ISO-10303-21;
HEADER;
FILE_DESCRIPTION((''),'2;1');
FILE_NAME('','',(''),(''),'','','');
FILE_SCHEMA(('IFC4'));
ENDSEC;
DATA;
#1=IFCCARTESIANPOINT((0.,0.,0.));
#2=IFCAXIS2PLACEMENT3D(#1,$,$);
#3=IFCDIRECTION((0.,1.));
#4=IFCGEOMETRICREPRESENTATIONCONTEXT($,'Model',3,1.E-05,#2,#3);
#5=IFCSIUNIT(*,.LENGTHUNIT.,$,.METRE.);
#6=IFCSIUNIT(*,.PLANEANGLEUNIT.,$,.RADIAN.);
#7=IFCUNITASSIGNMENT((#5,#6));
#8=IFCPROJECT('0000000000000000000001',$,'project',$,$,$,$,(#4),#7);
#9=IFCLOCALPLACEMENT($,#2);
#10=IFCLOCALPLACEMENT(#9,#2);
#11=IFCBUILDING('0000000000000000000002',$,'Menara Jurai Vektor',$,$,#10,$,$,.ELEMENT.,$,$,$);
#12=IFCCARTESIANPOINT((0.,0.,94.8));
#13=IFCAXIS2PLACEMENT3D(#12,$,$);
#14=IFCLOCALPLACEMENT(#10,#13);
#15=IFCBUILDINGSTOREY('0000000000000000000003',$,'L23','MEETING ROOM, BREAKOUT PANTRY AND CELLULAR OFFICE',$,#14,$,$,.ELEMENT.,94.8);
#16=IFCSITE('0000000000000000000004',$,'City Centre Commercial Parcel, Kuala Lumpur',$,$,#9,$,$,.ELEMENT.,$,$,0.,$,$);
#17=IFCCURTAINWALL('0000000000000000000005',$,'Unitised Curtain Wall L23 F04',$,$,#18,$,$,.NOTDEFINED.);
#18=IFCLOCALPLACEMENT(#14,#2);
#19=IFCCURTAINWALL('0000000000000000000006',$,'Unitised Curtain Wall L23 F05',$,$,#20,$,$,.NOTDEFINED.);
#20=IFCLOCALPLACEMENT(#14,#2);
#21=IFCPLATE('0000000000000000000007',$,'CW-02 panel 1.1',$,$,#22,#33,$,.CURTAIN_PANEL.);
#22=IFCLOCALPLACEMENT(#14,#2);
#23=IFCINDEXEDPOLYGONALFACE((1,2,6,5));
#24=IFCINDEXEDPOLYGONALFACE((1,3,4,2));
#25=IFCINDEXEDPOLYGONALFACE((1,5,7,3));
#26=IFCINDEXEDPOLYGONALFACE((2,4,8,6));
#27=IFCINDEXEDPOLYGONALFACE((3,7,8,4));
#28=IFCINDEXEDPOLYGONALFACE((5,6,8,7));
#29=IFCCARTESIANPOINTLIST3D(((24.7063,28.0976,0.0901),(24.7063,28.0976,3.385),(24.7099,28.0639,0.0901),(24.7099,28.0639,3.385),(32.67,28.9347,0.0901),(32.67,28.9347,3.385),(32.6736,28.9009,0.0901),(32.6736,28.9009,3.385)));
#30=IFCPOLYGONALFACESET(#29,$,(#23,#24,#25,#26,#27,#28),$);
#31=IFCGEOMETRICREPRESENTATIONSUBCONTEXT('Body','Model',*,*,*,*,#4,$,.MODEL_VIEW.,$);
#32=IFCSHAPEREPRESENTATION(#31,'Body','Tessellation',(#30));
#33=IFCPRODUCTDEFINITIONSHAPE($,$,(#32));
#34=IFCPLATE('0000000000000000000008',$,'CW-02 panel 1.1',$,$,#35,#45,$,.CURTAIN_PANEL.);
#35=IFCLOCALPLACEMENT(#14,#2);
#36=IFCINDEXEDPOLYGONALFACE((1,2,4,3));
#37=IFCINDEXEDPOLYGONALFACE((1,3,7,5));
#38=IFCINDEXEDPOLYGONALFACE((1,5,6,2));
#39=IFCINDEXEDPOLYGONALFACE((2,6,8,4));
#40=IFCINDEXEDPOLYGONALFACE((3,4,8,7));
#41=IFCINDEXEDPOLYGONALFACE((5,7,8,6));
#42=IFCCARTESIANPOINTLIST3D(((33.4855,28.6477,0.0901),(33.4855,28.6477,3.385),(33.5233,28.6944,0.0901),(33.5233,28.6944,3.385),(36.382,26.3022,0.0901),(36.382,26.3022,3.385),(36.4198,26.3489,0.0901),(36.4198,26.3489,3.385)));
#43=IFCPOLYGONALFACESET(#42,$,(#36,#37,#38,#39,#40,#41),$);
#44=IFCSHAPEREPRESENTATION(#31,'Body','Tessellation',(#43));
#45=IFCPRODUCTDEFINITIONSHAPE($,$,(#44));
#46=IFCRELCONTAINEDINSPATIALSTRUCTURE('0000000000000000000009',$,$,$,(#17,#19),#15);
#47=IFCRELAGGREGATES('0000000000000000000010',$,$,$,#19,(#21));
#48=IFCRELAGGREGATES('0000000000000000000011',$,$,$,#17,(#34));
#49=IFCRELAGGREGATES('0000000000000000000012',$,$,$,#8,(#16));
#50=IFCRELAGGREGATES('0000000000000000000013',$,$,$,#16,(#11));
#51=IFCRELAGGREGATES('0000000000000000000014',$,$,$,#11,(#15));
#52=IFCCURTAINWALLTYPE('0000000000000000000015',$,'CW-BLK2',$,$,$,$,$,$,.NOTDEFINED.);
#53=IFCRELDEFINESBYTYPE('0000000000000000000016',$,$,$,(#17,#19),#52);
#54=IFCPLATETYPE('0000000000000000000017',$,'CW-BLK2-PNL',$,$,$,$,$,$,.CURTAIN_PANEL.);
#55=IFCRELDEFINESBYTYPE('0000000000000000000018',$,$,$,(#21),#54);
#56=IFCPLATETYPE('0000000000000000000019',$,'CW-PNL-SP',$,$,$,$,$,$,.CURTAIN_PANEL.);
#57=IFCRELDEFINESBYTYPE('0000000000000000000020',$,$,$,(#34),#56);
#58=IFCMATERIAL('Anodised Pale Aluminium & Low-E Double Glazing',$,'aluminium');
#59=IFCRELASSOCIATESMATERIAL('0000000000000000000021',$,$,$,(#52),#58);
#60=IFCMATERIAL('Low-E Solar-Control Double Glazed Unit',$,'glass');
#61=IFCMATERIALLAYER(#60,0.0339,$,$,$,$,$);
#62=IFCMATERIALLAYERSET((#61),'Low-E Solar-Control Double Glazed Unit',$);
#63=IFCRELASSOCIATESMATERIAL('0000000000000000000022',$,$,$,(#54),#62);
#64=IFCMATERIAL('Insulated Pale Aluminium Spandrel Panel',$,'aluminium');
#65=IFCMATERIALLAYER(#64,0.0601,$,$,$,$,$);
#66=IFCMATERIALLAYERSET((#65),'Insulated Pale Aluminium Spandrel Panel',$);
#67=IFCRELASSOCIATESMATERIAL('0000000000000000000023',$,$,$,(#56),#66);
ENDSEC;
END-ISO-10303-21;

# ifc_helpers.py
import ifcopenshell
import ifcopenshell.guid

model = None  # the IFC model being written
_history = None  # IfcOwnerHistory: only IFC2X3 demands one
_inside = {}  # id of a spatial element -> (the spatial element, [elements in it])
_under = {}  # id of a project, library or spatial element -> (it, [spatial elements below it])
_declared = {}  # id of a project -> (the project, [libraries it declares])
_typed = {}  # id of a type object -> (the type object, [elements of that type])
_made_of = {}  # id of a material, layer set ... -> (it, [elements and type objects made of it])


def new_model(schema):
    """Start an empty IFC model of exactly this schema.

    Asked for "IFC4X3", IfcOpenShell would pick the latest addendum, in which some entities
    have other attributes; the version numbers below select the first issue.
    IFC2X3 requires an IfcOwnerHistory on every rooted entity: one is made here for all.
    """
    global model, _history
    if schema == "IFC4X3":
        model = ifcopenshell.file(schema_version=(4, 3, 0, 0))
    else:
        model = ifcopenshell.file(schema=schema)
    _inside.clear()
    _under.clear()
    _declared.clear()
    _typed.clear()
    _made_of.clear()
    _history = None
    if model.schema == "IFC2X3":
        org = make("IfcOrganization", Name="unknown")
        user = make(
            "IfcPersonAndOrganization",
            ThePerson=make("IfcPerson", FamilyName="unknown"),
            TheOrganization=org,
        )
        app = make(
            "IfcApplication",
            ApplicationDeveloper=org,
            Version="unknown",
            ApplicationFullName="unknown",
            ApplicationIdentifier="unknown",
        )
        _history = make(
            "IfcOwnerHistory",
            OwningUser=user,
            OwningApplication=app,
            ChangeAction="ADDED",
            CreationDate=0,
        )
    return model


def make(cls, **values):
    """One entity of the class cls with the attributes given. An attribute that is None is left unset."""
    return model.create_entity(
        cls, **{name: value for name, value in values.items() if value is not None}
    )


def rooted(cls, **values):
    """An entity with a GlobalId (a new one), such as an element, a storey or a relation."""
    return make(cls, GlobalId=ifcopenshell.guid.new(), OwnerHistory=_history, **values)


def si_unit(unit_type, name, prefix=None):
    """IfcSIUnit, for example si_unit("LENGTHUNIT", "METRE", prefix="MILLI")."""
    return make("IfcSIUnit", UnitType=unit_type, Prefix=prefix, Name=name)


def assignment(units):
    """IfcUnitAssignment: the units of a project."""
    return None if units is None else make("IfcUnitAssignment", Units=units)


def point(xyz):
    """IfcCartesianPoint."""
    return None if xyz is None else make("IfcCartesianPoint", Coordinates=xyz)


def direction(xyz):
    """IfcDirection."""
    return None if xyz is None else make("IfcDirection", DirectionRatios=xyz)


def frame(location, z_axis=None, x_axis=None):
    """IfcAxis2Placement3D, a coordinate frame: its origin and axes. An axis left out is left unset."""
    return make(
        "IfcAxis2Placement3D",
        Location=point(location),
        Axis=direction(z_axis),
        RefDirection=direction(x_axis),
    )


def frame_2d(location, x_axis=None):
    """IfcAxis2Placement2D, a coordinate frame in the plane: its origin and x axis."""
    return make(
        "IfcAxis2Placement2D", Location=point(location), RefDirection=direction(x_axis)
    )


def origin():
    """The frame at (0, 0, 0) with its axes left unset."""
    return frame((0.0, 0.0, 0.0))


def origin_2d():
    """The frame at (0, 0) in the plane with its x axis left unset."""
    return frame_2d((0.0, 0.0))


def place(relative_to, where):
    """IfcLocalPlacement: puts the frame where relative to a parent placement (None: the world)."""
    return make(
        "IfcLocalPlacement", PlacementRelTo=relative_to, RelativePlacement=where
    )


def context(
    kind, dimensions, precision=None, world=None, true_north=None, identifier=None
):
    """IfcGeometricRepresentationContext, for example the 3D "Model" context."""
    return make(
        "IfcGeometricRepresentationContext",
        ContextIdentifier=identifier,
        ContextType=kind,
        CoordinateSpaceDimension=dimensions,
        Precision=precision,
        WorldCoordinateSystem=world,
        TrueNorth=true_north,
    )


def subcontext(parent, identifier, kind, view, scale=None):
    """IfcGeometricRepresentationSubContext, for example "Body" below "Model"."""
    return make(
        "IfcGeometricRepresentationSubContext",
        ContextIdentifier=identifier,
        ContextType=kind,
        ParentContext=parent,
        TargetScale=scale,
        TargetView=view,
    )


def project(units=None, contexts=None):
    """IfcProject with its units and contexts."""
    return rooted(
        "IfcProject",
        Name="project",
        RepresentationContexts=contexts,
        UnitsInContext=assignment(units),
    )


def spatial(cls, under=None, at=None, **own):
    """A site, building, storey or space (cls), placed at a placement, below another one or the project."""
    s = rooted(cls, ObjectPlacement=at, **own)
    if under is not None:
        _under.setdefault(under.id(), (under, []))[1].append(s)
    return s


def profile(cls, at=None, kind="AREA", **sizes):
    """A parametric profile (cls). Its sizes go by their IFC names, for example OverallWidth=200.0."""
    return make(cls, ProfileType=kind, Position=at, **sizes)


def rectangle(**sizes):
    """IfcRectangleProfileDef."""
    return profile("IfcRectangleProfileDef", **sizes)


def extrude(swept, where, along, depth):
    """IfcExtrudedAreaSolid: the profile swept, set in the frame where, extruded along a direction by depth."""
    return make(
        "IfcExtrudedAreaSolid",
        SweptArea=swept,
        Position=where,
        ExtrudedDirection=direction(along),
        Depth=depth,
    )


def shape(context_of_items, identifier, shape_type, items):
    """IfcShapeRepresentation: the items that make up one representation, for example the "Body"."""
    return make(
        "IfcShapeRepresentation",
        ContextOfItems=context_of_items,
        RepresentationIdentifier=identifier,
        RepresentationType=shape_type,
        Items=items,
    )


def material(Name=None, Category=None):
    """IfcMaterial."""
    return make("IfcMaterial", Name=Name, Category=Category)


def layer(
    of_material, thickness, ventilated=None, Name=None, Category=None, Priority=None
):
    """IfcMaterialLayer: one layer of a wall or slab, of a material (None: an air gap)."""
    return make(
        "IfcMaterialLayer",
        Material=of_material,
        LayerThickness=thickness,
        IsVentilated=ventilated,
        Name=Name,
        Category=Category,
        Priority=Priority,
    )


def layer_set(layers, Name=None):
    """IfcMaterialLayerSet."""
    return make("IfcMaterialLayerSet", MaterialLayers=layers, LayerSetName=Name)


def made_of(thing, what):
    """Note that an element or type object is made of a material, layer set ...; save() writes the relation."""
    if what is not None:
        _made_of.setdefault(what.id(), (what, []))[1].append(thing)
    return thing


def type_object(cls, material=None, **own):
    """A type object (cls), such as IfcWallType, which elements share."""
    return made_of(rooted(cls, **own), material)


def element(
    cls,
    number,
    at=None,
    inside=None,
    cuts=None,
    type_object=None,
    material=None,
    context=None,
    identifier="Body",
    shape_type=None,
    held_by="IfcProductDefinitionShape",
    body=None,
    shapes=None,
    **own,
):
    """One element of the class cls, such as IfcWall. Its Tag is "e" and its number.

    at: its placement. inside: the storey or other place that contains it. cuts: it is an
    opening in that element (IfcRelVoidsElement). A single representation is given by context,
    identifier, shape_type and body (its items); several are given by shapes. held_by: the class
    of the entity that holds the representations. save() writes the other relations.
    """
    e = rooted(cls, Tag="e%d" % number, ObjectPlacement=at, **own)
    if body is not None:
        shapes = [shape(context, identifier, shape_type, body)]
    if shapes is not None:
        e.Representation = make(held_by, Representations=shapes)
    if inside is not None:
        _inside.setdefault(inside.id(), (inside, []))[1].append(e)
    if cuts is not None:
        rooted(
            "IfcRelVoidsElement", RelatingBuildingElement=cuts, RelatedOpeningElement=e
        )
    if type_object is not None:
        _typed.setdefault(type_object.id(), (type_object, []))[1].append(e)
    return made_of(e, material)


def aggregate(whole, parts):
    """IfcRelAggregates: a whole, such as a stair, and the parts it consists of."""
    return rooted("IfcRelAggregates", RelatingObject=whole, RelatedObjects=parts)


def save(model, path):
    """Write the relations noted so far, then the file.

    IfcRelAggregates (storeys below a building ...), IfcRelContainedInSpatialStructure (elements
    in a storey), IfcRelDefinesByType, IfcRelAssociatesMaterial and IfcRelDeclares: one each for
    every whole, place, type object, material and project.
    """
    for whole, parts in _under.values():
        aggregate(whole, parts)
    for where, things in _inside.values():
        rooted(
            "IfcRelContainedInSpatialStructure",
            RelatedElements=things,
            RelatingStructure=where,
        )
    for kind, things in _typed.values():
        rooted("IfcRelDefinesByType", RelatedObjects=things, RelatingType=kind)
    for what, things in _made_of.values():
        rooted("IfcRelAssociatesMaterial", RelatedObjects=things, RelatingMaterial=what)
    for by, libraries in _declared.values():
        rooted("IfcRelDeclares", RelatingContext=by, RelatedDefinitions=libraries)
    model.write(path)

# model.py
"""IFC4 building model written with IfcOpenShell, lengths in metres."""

from ifc_helpers import new_model, si_unit, direction, frame, origin, origin_2d, place, context, subcontext, project, spatial, rectangle, extrude, material, layer, layer_set, type_object, element, aggregate, save


model = new_model("IFC4")

# Units and contexts
model_context = context("Model", 3, precision=1e-05, world=origin(), true_north=direction((0.0, 1.0)))
body_context = subcontext(model_context, "Body", "Model", "MODEL_VIEW")
ifc_project = project(units=[si_unit("LENGTHUNIT", "METRE"), si_unit("PLANEANGLEUNIT", "RADIAN")], contexts=[model_context])

# Site, building, storey
site_placement = place(None, origin())
site = spatial("IfcSite", under=ifc_project, at=site_placement, Name="City Centre Commercial Parcel, Kuala Lumpur", CompositionType="ELEMENT", RefElevation=0.0)
building_placement = place(site_placement, origin())
building = spatial("IfcBuilding", under=site, at=building_placement, Name="Menara Jurai Vektor", CompositionType="ELEMENT")
storey_placement = place(building_placement, frame((0.0, 0.0, 94.8)))
storey = spatial("IfcBuildingStorey", under=building, at=storey_placement, Name="L23", Description="MEETING ROOM, BREAKOUT PANTRY AND CELLULAR OFFICE", CompositionType="ELEMENT", Elevation=94.8)

# Shared definitions
ifc_material_1 = material(Name="Anodised Pale Aluminium & Low-E Double Glazing", Category="aluminium")
curtain_wall_type = type_object("IfcCurtainWallType", Name="CW-BLK2", PredefinedType="NOTDEFINED", material=ifc_material_1)

# Curtain walls
curtain_wall_1_placement = place(storey_placement, origin())
curtain_wall_1 = element("IfcCurtainWall", 1, at=curtain_wall_1_placement, inside=storey, type_object=curtain_wall_type, Name="Unitised Curtain Wall L23 F04", PredefinedType="NOTDEFINED")
curtain_wall_2_placement = place(storey_placement, origin())
curtain_wall_2 = element("IfcCurtainWall", 2, at=curtain_wall_2_placement, inside=storey, type_object=curtain_wall_type, Name="Unitised Curtain Wall L23 F05", PredefinedType="NOTDEFINED")

# Plates
ifc_material_2 = material(Name="Low-E Solar-Control Double Glazed Unit", Category="glass")
ifc_layer_1 = layer(ifc_material_2, 0.0339)
ifc_layer_set_1 = layer_set([ifc_layer_1], Name="Low-E Solar-Control Double Glazed Unit")
plate_type_1 = type_object("IfcPlateType", Name="CW-BLK2-PNL", PredefinedType="CURTAIN_PANEL", material=ifc_layer_set_1)
plate_1_placement = place(storey_placement, frame((28.6899, 28.4993, 0.0901), z_axis=(0.0, 0.0, 1.0), x_axis=(-0.994522, -0.104529, 0.0)))
plate_1 = element("IfcPlate", 3, at=plate_1_placement, type_object=plate_type_1, Name="CW-02 panel 1.1", PredefinedType="CURTAIN_PANEL", context=body_context, shape_type="SweptSolid", body=[
    extrude(rectangle(XDim=8.0076, YDim=0.0339, at=origin_2d()), origin(), (0.0, 0.0, 1.0), 3.2949),
])
aggregate(curtain_wall_2, [plate_1])
ifc_material_3 = material(Name="Insulated Pale Aluminium Spandrel Panel", Category="aluminium")
ifc_layer_2 = layer(ifc_material_3, 0.0601)
ifc_layer_set_2 = layer_set([ifc_layer_2], Name="Insulated Pale Aluminium Spandrel Panel")
plate_type_2 = type_object("IfcPlateType", Name="CW-PNL-SP", PredefinedType="CURTAIN_PANEL", material=ifc_layer_set_2)
plate_2_placement = place(storey_placement, frame((34.9526, 27.4983, 0.0901), z_axis=(0.0, 0.0, 1.0), x_axis=(-0.777152, 0.629313, 0.0)))
plate_2 = element("IfcPlate", 4, at=plate_2_placement, type_object=plate_type_2, Name="CW-02 panel 1.1", PredefinedType="CURTAIN_PANEL", context=body_context, shape_type="SweptSolid", body=[
    extrude(rectangle(XDim=3.7271, YDim=0.0601, at=origin_2d()), origin(), (0.0, 0.0, 1.0), 3.2949),
])
aggregate(curtain_wall_1, [plate_2])

save(model, "model.ifc")
